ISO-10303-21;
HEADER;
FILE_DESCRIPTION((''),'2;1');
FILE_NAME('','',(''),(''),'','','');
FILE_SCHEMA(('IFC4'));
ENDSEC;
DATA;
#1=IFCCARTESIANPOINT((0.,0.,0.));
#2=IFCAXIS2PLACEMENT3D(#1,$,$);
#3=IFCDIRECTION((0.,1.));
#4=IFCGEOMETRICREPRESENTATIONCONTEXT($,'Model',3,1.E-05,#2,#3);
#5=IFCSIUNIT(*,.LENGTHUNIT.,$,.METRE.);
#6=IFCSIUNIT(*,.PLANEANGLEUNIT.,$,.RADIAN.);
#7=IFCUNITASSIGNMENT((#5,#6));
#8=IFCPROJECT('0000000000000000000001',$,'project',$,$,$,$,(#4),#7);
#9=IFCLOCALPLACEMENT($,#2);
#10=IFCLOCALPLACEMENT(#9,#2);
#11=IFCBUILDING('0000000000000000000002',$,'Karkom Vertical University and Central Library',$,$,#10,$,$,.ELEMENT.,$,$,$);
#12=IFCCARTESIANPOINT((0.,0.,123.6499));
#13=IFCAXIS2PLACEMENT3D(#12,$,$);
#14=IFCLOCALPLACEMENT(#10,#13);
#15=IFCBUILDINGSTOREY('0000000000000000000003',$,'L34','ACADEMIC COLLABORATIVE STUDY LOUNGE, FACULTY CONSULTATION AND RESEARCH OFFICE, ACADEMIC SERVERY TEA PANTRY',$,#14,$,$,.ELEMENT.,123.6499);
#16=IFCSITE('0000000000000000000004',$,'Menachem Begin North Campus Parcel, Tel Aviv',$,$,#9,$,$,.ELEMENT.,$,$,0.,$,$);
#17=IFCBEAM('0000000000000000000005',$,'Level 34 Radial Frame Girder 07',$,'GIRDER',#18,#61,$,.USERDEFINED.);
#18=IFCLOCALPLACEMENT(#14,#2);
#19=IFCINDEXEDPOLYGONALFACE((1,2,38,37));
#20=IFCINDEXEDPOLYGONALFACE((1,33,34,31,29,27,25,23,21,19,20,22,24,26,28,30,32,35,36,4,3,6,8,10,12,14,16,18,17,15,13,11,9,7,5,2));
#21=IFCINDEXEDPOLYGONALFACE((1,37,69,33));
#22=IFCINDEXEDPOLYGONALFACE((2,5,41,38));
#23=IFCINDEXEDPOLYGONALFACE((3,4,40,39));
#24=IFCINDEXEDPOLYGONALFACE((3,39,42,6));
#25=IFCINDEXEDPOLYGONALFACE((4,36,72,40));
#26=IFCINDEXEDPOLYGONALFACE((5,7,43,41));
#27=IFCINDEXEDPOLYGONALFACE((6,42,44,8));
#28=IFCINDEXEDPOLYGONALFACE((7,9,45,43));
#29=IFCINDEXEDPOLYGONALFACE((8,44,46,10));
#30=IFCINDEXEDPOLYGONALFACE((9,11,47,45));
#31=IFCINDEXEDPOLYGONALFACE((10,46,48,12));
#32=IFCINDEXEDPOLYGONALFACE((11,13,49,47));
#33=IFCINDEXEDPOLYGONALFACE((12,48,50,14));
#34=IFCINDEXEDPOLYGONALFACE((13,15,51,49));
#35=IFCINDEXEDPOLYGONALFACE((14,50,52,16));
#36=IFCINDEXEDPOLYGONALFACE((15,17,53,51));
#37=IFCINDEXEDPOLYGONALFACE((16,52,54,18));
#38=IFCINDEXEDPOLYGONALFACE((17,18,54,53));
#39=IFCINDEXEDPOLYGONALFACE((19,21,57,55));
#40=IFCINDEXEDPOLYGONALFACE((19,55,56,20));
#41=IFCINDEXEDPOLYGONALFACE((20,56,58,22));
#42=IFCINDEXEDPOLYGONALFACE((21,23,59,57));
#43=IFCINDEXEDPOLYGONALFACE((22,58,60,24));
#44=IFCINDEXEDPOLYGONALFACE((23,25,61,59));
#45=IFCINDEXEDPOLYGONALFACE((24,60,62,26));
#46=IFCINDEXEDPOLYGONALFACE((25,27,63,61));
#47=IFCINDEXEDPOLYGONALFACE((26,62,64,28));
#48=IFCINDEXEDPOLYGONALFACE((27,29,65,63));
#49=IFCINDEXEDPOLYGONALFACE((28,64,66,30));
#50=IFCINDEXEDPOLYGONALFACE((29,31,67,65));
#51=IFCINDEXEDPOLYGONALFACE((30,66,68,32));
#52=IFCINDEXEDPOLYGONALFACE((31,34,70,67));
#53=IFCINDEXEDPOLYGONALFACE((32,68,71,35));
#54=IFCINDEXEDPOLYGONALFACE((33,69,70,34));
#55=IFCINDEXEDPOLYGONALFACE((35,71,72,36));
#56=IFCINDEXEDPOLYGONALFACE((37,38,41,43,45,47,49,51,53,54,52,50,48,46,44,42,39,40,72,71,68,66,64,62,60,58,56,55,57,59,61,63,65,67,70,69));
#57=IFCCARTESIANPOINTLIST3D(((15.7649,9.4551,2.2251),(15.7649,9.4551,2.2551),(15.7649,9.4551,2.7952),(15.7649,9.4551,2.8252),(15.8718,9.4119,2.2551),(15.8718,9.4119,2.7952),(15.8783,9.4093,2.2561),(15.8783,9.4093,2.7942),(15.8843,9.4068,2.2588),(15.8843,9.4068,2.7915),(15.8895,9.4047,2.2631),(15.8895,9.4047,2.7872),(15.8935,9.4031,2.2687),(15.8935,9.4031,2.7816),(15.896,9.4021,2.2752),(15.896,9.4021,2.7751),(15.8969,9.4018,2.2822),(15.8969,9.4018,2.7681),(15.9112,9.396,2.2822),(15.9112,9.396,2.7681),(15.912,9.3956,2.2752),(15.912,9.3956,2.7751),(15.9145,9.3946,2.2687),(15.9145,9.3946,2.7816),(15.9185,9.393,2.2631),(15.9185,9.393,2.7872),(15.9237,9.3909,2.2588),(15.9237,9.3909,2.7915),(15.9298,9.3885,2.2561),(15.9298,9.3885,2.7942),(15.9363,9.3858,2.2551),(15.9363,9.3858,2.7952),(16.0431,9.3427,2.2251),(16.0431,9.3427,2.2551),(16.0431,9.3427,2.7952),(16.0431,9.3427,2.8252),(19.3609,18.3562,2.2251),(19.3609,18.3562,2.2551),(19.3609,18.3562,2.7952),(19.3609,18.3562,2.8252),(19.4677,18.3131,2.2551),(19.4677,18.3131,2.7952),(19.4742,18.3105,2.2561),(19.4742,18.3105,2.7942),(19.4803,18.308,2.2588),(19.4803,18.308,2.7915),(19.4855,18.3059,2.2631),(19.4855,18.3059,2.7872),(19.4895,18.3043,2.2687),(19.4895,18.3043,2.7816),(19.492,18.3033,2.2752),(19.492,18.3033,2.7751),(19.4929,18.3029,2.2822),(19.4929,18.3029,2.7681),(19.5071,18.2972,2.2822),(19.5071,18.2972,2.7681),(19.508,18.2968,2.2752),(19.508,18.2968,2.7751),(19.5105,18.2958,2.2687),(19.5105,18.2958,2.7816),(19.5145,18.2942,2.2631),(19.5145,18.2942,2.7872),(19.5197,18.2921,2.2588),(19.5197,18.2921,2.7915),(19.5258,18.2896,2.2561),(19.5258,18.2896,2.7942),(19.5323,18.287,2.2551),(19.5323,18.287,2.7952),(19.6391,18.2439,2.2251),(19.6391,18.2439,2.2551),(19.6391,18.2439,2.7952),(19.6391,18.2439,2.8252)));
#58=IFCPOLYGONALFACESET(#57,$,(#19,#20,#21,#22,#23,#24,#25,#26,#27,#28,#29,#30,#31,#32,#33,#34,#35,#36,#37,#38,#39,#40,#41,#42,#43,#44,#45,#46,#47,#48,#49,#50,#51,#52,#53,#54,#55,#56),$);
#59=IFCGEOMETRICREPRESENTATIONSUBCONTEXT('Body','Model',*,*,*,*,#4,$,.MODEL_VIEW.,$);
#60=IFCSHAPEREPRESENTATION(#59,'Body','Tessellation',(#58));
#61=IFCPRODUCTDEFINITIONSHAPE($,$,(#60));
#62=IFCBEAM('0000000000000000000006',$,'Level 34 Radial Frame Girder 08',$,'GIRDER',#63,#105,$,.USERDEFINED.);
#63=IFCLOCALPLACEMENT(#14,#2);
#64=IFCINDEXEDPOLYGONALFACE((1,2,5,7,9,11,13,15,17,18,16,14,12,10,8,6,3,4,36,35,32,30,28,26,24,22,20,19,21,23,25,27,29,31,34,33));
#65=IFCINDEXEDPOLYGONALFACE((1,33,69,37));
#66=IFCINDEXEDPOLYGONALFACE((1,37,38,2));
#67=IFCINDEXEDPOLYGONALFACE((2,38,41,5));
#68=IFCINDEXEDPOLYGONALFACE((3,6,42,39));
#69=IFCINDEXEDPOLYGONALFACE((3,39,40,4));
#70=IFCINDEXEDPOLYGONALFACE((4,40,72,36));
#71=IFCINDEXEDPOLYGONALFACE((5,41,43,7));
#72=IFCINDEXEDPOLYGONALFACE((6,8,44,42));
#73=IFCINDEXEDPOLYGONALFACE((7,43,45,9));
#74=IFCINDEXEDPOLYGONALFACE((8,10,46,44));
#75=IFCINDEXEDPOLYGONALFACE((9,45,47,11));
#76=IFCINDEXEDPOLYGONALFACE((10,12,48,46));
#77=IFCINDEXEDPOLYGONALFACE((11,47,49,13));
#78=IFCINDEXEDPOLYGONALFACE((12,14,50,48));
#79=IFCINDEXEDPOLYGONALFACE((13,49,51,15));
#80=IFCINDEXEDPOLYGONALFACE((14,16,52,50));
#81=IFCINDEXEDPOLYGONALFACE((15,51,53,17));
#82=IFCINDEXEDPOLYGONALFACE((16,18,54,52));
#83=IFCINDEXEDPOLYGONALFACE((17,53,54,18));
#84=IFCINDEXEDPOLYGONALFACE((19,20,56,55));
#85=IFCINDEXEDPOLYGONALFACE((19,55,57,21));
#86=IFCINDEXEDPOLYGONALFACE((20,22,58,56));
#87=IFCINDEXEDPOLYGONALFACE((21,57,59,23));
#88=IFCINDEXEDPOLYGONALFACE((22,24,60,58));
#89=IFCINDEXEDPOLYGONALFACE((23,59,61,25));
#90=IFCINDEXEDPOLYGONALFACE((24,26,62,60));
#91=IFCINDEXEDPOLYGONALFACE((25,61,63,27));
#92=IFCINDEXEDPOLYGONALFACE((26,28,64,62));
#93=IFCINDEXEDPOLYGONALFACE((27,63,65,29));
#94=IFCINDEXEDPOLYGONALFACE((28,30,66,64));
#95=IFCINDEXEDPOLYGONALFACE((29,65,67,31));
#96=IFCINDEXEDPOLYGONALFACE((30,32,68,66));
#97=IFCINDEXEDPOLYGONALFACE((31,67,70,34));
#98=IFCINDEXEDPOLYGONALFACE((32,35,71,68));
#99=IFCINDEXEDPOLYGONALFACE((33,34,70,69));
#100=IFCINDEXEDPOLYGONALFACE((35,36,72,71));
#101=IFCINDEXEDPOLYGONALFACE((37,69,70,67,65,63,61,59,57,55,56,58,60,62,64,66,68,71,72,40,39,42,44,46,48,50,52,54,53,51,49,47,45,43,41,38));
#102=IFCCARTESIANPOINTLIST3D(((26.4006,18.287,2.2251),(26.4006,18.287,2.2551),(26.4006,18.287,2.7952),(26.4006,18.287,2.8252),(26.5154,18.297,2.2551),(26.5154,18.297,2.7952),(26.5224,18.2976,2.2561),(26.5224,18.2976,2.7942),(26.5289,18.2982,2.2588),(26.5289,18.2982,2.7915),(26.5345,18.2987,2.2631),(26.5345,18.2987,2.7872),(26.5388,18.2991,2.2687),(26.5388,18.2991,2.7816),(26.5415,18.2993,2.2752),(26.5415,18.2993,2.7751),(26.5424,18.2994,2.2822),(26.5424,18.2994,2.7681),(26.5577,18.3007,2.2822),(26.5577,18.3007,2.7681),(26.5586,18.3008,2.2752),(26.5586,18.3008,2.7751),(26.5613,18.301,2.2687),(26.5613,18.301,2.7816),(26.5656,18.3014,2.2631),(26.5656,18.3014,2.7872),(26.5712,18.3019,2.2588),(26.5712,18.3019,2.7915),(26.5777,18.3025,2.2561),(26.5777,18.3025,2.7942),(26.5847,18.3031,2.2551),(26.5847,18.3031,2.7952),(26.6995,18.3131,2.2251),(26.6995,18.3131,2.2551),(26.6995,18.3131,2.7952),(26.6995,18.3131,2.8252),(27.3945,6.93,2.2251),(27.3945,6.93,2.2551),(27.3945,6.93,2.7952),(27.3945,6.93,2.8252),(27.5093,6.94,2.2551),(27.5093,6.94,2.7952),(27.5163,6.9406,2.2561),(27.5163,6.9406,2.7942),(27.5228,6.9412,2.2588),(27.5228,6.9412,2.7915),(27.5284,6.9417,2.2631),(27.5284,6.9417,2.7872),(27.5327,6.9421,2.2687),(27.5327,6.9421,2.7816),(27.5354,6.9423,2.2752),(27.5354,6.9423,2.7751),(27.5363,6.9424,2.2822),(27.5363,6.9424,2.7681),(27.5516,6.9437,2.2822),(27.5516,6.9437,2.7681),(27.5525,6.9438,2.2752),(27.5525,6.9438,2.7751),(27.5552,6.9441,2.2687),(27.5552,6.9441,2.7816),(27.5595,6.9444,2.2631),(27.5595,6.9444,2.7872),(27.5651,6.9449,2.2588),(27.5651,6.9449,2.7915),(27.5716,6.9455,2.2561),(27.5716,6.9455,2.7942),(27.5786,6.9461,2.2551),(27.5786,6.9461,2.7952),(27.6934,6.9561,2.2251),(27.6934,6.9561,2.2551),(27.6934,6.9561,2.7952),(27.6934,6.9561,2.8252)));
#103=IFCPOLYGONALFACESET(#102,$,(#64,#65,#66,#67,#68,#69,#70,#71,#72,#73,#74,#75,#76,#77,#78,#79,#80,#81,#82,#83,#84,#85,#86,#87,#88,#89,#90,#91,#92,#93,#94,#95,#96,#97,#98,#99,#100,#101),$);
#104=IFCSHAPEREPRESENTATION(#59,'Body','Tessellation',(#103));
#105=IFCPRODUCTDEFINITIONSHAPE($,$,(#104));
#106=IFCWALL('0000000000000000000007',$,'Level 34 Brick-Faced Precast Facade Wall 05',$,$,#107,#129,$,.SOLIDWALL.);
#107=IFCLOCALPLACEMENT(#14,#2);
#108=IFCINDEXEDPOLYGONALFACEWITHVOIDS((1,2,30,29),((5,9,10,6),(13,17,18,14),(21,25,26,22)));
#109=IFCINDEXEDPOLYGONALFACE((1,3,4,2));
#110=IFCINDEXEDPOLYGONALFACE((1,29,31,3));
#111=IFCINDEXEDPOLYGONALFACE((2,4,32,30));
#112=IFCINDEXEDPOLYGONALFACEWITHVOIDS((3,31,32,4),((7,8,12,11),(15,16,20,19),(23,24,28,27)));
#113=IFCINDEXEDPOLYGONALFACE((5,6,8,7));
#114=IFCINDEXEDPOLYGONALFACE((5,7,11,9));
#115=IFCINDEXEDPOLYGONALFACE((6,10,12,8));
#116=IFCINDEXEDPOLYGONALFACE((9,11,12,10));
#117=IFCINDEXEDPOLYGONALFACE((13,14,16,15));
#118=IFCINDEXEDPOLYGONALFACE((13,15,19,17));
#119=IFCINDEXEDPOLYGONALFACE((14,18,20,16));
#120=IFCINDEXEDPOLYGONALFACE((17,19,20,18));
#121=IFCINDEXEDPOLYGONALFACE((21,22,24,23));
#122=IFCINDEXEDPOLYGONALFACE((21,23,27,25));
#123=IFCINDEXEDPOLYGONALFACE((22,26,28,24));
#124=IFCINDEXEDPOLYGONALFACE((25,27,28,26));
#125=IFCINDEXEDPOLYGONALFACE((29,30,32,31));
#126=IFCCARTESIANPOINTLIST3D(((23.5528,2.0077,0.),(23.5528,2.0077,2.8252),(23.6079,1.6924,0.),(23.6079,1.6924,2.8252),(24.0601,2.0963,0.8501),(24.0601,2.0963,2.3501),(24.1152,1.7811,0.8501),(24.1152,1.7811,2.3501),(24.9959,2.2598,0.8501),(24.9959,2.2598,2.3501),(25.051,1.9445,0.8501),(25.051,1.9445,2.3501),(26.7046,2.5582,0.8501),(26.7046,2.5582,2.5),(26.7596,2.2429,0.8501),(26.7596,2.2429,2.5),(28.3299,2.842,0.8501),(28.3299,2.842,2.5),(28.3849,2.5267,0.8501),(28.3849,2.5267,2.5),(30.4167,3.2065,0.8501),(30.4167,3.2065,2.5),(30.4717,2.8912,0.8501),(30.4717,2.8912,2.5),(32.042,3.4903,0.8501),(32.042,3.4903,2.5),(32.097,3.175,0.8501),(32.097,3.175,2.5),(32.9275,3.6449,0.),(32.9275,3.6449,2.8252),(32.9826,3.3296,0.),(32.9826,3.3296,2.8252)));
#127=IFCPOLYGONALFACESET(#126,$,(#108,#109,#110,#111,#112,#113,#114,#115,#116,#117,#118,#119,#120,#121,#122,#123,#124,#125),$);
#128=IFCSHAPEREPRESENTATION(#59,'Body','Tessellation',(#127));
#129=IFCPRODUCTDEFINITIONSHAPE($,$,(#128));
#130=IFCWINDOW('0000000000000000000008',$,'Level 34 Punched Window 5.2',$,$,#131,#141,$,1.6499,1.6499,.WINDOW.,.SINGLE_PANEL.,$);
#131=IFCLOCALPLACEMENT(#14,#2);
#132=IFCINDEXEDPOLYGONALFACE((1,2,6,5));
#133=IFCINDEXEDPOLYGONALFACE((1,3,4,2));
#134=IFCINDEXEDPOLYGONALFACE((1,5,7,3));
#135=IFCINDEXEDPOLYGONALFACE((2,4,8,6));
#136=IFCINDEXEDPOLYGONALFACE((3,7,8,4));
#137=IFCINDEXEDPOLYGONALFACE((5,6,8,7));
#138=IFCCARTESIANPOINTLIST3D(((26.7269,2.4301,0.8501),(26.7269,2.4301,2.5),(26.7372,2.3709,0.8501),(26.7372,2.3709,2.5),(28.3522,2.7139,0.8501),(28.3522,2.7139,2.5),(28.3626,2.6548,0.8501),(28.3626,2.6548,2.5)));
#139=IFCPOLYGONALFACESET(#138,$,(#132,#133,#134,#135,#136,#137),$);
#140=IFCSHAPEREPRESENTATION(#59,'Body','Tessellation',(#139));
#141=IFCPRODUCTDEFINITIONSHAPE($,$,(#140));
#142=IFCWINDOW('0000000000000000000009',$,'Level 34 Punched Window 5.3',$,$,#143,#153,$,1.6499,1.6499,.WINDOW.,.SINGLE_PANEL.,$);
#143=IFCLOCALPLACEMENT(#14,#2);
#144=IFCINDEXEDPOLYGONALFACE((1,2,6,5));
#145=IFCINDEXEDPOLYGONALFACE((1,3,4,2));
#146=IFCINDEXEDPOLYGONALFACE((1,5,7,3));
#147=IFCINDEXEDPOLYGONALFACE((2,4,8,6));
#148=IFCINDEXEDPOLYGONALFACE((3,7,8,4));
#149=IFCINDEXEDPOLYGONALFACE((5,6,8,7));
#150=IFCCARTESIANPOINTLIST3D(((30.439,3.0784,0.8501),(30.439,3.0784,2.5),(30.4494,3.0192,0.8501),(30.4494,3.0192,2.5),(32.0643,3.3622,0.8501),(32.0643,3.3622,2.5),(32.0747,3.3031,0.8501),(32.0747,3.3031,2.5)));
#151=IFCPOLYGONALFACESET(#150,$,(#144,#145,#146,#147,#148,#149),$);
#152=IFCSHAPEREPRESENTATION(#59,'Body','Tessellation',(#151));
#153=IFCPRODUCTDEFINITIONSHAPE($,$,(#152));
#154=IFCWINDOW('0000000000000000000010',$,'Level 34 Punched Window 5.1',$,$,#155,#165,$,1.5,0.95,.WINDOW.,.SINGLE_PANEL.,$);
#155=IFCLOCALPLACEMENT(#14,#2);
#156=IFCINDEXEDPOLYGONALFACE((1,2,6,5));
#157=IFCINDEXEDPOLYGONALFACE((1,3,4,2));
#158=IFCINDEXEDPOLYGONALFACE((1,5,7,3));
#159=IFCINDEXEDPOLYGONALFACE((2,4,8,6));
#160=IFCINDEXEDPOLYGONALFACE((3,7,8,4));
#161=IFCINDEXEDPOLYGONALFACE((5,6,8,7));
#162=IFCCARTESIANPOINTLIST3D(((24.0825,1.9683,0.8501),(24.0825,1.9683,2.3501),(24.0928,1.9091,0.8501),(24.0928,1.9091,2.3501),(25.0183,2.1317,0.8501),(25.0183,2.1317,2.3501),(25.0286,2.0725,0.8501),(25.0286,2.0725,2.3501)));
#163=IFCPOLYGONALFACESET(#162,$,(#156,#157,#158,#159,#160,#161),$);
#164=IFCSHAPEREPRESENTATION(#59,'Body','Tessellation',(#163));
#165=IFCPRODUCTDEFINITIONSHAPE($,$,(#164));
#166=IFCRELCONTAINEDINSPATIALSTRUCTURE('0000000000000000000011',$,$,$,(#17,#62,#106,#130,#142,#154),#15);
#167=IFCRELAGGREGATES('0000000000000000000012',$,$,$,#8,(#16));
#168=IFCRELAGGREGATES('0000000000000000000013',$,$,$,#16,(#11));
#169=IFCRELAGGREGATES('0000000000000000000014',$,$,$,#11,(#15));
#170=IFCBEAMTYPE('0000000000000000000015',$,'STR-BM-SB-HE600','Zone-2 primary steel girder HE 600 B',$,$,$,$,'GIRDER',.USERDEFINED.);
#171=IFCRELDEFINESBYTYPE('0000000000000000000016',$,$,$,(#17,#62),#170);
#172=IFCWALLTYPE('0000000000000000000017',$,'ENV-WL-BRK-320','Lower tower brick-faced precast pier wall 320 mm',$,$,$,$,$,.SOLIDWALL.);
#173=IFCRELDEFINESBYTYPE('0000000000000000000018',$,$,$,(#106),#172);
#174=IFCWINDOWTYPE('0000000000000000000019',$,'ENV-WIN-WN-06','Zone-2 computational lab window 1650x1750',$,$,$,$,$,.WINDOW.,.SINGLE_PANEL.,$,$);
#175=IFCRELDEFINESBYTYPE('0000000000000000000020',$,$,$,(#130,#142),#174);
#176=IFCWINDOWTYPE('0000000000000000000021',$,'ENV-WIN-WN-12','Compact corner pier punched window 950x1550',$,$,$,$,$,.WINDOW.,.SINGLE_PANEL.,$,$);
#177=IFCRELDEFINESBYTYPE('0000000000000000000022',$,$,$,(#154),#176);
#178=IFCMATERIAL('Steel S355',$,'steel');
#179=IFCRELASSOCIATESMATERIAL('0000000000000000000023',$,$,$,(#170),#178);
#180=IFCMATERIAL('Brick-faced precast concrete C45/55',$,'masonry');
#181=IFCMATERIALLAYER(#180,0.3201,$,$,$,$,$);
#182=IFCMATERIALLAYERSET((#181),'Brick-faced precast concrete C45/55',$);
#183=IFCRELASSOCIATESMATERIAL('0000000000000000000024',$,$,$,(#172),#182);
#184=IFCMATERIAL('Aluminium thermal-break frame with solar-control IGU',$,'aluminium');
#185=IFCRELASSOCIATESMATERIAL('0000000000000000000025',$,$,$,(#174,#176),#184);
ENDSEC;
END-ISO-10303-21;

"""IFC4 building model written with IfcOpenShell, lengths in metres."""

from ifc_helpers import new_model, si_unit, direction, frame, frame_2d, origin, origin_with_axes, origin_2d, place, context, subcontext, project, spatial, rectangle, i_section, extrude, source, transform, mapped, material, layer, layer_set, material_profile, profile_set, type_object, element, fill, save


model = new_model("IFC4")

# Units and contexts
model_context = context("Model", 3, precision=1e-05, world=origin(), true_north=direction((0.0, 1.0)))
body_context = subcontext(model_context, "Body", "Model", "MODEL_VIEW")
ifc_project = project(units=[si_unit("LENGTHUNIT", "METRE"), si_unit("PLANEANGLEUNIT", "RADIAN")], contexts=[model_context])

# Site, building, storey
site_placement = place(None, origin())
site = spatial("IfcSite", under=ifc_project, at=site_placement, Name="Menachem Begin North Campus Parcel, Tel Aviv", CompositionType="ELEMENT", RefElevation=0.0)
building_placement = place(site_placement, origin())
building = spatial("IfcBuilding", under=site, at=building_placement, Name="Karkom Vertical University and Central Library", CompositionType="ELEMENT")
storey_placement = place(building_placement, frame((0.0, 0.0, 123.6499)))
storey = spatial("IfcBuildingStorey", under=building, at=storey_placement, Name="L34", Description="ACADEMIC COLLABORATIVE STUDY LOUNGE, FACULTY CONSULTATION AND RESEARCH OFFICE, ACADEMIC SERVERY TEA PANTRY", CompositionType="ELEMENT", Elevation=123.6499)

# Beams
ifc_material_1 = material(Name="Steel S355", Category="steel")
ifc_material_profile_1 = material_profile(ifc_material_1, i_section(OverallWidth=0.3, OverallDepth=0.6001, WebThickness=0.0154, FlangeThickness=0.03, FilletRadius=0.0271, at=origin_2d()), Name="HE 600 B")
ifc_profile_set_1 = profile_set([ifc_material_profile_1], Name="Steel S355")
beam_type = type_object("IfcBeamType", Name="STR-BM-SB-HE600", Description="Zone-2 primary steel girder HE 600 B", ElementType="GIRDER", PredefinedType="USERDEFINED", material=ifc_profile_set_1)
shared_shape_1 = source(origin_with_axes(), body_context, "Body", "SweptSolid", [
    extrude(i_section(OverallWidth=0.3, OverallDepth=0.6001, WebThickness=0.0154, FlangeThickness=0.03, FilletRadius=0.0271, at=origin_2d()), origin(), (0.0, 0.0, 1.0), 9.6001),
])
beam_1_placement = place(storey_placement, frame((19.5, 18.3, 2.5251), z_axis=(-0.374576, -0.927196, 0.0), x_axis=(0.927196, -0.374576, 0.0)))
element("IfcBeam", 1, at=beam_1_placement, inside=storey, type_object=beam_type, Name="Level 34 Radial Frame Girder 07", ObjectType="GIRDER", PredefinedType="USERDEFINED", context=body_context, shape_type="MappedRepresentation", body=[
    mapped(shared_shape_1, transform((0.0, 0.0, 0.0), scale=1.0)),
])
shared_shape_2 = source(origin_with_axes(), body_context, "Body", "SweptSolid", [
    extrude(i_section(OverallWidth=0.3, OverallDepth=0.6001, WebThickness=0.0154, FlangeThickness=0.03, FilletRadius=0.0271, at=origin_2d()), origin(), (0.0, 0.0, 1.0), 11.4004),
])
beam_2_placement = place(storey_placement, frame((26.55, 18.3, 2.5251), z_axis=(0.087181, -0.996192, 0.0), x_axis=(0.996192, 0.087181, 0.0)))
element("IfcBeam", 2, at=beam_2_placement, inside=storey, type_object=beam_type, Name="Level 34 Radial Frame Girder 08", ObjectType="GIRDER", PredefinedType="USERDEFINED", context=body_context, shape_type="MappedRepresentation", body=[
    mapped(shared_shape_2, transform((0.0, 0.0, 0.0), scale=1.0)),
])

# Wall, openings, windows
ifc_material_2 = material(Name="Brick-faced precast concrete C45/55", Category="masonry")
ifc_layer_1 = layer(ifc_material_2, 0.3201)
ifc_layer_set_1 = layer_set([ifc_layer_1], Name="Brick-faced precast concrete C45/55")
wall_type_1 = type_object("IfcWallType", Name="ENV-WL-BRK-320", Description="Lower tower brick-faced precast pier wall 320 mm", PredefinedType="SOLIDWALL", material=ifc_layer_set_1)
wall_1_placement = place(storey_placement, frame((23.5803, 1.8501, 0.0), z_axis=(0.0, 0.0, 1.0), x_axis=(0.985091, 0.172036, 0.0)))
wall_1 = element("IfcWall", 3, at=wall_1_placement, inside=storey, type_object=wall_type_1, Name="Level 34 Brick-Faced Precast Facade Wall 05", PredefinedType="SOLIDWALL", context=body_context, shape_type="SweptSolid", body=[
    extrude(rectangle(XDim=9.5166, YDim=0.3201, at=frame_2d((4.7583, 0.0))), origin(), (0.0, 0.0, 1.0), 2.8252),
])
opening_1_placement = place(wall_1_placement, frame((0.5149, 0.0, 0.8501)))
opening_1 = element("IfcOpeningElement", 4, at=opening_1_placement, cuts=wall_1, PredefinedType="OPENING", context=body_context, shape_type="SweptSolid", body=[
    extrude(rectangle(XDim=0.95, YDim=1.5, at=frame_2d((0.4751, 0.75))), frame((0.0, 0.1699, 0.0), z_axis=(0.0, -1.0, 0.0), x_axis=(1.0, 0.0, 0.0)), (0.0, 0.0, 1.0), 0.3401),
])
opening_2_placement = place(wall_1_placement, frame((3.1995, 0.0, 0.8501)))
opening_2 = element("IfcOpeningElement", 5, at=opening_2_placement, cuts=wall_1, PredefinedType="OPENING", context=body_context, shape_type="SweptSolid", body=[
    extrude(rectangle(XDim=1.6499, YDim=1.6499, at=frame_2d((0.825, 0.825))), frame((0.0, 0.1699, 0.0), z_axis=(0.0, -1.0, 0.0), x_axis=(1.0, 0.0, 0.0)), (0.0, 0.0, 1.0), 0.3401),
])
opening_3_placement = place(wall_1_placement, frame((6.9678, 0.0, 0.8501)))
opening_3 = element("IfcOpeningElement", 6, at=opening_3_placement, cuts=wall_1, PredefinedType="OPENING", context=body_context, shape_type="SweptSolid", body=[
    extrude(rectangle(XDim=1.6499, YDim=1.6499, at=frame_2d((0.825, 0.825))), frame((0.0, 0.1699, 0.0), z_axis=(0.0, -1.0, 0.0), x_axis=(1.0, 0.0, 0.0)), (0.0, 0.0, 1.0), 0.3401),
])
ifc_material_3 = material(Name="Aluminium thermal-break frame with solar-control IGU", Category="aluminium")
window_type_1 = type_object("IfcWindowType", Name="ENV-WIN-WN-06", Description="Zone-2 computational lab window 1650x1750", PartitioningType="SINGLE_PANEL", PredefinedType="WINDOW", material=ifc_material_3)
shared_shape_3 = source(origin_with_axes(), body_context, "Body", "SweptSolid", [
    extrude(rectangle(XDim=1.6499, YDim=1.6499, at=frame_2d((0.825, 0.825))), frame((0.0, 0.03, 0.0), z_axis=(0.0, -1.0, 0.0), x_axis=(1.0, 0.0, 0.0)), (0.0, 0.0, 1.0), 0.0601),
])
window_1_placement = place(opening_2_placement, origin())
window_1 = element("IfcWindow", 7, at=window_1_placement, inside=storey, type_object=window_type_1, Name="Level 34 Punched Window 5.2", OverallHeight=1.6499, OverallWidth=1.6499, PartitioningType="SINGLE_PANEL", PredefinedType="WINDOW", context=body_context, shape_type="MappedRepresentation", body=[
    mapped(shared_shape_3, transform((0.0, 0.0, 0.0), scale=1.0)),
])
fill(opening_2, window_1)
window_2_placement = place(opening_3_placement, origin())
window_2 = element("IfcWindow", 8, at=window_2_placement, inside=storey, type_object=window_type_1, Name="Level 34 Punched Window 5.3", OverallHeight=1.6499, OverallWidth=1.6499, PartitioningType="SINGLE_PANEL", PredefinedType="WINDOW", context=body_context, shape_type="MappedRepresentation", body=[
    mapped(shared_shape_3, transform((0.0, 0.0, 0.0), scale=1.0)),
])
fill(opening_3, window_2)
window_type_2 = type_object("IfcWindowType", Name="ENV-WIN-WN-12", Description="Compact corner pier punched window 950x1550", PartitioningType="SINGLE_PANEL", PredefinedType="WINDOW", material=ifc_material_3)
shared_shape_4 = source(origin_with_axes(), body_context, "Body", "SweptSolid", [
    extrude(rectangle(XDim=0.95, YDim=1.5, at=frame_2d((0.4751, 0.75))), frame((0.0, 0.03, 0.0), z_axis=(0.0, -1.0, 0.0), x_axis=(1.0, 0.0, 0.0)), (0.0, 0.0, 1.0), 0.0601),
])
window_3_placement = place(opening_1_placement, origin())
window_3 = element("IfcWindow", 9, at=window_3_placement, inside=storey, type_object=window_type_2, Name="Level 34 Punched Window 5.1", OverallHeight=1.5, OverallWidth=0.95, PartitioningType="SINGLE_PANEL", PredefinedType="WINDOW", context=body_context, shape_type="MappedRepresentation", body=[
    mapped(shared_shape_4, transform((0.0, 0.0, 0.0), scale=1.0)),
])
fill(opening_1, window_3)

save(model, "model.ifc")
